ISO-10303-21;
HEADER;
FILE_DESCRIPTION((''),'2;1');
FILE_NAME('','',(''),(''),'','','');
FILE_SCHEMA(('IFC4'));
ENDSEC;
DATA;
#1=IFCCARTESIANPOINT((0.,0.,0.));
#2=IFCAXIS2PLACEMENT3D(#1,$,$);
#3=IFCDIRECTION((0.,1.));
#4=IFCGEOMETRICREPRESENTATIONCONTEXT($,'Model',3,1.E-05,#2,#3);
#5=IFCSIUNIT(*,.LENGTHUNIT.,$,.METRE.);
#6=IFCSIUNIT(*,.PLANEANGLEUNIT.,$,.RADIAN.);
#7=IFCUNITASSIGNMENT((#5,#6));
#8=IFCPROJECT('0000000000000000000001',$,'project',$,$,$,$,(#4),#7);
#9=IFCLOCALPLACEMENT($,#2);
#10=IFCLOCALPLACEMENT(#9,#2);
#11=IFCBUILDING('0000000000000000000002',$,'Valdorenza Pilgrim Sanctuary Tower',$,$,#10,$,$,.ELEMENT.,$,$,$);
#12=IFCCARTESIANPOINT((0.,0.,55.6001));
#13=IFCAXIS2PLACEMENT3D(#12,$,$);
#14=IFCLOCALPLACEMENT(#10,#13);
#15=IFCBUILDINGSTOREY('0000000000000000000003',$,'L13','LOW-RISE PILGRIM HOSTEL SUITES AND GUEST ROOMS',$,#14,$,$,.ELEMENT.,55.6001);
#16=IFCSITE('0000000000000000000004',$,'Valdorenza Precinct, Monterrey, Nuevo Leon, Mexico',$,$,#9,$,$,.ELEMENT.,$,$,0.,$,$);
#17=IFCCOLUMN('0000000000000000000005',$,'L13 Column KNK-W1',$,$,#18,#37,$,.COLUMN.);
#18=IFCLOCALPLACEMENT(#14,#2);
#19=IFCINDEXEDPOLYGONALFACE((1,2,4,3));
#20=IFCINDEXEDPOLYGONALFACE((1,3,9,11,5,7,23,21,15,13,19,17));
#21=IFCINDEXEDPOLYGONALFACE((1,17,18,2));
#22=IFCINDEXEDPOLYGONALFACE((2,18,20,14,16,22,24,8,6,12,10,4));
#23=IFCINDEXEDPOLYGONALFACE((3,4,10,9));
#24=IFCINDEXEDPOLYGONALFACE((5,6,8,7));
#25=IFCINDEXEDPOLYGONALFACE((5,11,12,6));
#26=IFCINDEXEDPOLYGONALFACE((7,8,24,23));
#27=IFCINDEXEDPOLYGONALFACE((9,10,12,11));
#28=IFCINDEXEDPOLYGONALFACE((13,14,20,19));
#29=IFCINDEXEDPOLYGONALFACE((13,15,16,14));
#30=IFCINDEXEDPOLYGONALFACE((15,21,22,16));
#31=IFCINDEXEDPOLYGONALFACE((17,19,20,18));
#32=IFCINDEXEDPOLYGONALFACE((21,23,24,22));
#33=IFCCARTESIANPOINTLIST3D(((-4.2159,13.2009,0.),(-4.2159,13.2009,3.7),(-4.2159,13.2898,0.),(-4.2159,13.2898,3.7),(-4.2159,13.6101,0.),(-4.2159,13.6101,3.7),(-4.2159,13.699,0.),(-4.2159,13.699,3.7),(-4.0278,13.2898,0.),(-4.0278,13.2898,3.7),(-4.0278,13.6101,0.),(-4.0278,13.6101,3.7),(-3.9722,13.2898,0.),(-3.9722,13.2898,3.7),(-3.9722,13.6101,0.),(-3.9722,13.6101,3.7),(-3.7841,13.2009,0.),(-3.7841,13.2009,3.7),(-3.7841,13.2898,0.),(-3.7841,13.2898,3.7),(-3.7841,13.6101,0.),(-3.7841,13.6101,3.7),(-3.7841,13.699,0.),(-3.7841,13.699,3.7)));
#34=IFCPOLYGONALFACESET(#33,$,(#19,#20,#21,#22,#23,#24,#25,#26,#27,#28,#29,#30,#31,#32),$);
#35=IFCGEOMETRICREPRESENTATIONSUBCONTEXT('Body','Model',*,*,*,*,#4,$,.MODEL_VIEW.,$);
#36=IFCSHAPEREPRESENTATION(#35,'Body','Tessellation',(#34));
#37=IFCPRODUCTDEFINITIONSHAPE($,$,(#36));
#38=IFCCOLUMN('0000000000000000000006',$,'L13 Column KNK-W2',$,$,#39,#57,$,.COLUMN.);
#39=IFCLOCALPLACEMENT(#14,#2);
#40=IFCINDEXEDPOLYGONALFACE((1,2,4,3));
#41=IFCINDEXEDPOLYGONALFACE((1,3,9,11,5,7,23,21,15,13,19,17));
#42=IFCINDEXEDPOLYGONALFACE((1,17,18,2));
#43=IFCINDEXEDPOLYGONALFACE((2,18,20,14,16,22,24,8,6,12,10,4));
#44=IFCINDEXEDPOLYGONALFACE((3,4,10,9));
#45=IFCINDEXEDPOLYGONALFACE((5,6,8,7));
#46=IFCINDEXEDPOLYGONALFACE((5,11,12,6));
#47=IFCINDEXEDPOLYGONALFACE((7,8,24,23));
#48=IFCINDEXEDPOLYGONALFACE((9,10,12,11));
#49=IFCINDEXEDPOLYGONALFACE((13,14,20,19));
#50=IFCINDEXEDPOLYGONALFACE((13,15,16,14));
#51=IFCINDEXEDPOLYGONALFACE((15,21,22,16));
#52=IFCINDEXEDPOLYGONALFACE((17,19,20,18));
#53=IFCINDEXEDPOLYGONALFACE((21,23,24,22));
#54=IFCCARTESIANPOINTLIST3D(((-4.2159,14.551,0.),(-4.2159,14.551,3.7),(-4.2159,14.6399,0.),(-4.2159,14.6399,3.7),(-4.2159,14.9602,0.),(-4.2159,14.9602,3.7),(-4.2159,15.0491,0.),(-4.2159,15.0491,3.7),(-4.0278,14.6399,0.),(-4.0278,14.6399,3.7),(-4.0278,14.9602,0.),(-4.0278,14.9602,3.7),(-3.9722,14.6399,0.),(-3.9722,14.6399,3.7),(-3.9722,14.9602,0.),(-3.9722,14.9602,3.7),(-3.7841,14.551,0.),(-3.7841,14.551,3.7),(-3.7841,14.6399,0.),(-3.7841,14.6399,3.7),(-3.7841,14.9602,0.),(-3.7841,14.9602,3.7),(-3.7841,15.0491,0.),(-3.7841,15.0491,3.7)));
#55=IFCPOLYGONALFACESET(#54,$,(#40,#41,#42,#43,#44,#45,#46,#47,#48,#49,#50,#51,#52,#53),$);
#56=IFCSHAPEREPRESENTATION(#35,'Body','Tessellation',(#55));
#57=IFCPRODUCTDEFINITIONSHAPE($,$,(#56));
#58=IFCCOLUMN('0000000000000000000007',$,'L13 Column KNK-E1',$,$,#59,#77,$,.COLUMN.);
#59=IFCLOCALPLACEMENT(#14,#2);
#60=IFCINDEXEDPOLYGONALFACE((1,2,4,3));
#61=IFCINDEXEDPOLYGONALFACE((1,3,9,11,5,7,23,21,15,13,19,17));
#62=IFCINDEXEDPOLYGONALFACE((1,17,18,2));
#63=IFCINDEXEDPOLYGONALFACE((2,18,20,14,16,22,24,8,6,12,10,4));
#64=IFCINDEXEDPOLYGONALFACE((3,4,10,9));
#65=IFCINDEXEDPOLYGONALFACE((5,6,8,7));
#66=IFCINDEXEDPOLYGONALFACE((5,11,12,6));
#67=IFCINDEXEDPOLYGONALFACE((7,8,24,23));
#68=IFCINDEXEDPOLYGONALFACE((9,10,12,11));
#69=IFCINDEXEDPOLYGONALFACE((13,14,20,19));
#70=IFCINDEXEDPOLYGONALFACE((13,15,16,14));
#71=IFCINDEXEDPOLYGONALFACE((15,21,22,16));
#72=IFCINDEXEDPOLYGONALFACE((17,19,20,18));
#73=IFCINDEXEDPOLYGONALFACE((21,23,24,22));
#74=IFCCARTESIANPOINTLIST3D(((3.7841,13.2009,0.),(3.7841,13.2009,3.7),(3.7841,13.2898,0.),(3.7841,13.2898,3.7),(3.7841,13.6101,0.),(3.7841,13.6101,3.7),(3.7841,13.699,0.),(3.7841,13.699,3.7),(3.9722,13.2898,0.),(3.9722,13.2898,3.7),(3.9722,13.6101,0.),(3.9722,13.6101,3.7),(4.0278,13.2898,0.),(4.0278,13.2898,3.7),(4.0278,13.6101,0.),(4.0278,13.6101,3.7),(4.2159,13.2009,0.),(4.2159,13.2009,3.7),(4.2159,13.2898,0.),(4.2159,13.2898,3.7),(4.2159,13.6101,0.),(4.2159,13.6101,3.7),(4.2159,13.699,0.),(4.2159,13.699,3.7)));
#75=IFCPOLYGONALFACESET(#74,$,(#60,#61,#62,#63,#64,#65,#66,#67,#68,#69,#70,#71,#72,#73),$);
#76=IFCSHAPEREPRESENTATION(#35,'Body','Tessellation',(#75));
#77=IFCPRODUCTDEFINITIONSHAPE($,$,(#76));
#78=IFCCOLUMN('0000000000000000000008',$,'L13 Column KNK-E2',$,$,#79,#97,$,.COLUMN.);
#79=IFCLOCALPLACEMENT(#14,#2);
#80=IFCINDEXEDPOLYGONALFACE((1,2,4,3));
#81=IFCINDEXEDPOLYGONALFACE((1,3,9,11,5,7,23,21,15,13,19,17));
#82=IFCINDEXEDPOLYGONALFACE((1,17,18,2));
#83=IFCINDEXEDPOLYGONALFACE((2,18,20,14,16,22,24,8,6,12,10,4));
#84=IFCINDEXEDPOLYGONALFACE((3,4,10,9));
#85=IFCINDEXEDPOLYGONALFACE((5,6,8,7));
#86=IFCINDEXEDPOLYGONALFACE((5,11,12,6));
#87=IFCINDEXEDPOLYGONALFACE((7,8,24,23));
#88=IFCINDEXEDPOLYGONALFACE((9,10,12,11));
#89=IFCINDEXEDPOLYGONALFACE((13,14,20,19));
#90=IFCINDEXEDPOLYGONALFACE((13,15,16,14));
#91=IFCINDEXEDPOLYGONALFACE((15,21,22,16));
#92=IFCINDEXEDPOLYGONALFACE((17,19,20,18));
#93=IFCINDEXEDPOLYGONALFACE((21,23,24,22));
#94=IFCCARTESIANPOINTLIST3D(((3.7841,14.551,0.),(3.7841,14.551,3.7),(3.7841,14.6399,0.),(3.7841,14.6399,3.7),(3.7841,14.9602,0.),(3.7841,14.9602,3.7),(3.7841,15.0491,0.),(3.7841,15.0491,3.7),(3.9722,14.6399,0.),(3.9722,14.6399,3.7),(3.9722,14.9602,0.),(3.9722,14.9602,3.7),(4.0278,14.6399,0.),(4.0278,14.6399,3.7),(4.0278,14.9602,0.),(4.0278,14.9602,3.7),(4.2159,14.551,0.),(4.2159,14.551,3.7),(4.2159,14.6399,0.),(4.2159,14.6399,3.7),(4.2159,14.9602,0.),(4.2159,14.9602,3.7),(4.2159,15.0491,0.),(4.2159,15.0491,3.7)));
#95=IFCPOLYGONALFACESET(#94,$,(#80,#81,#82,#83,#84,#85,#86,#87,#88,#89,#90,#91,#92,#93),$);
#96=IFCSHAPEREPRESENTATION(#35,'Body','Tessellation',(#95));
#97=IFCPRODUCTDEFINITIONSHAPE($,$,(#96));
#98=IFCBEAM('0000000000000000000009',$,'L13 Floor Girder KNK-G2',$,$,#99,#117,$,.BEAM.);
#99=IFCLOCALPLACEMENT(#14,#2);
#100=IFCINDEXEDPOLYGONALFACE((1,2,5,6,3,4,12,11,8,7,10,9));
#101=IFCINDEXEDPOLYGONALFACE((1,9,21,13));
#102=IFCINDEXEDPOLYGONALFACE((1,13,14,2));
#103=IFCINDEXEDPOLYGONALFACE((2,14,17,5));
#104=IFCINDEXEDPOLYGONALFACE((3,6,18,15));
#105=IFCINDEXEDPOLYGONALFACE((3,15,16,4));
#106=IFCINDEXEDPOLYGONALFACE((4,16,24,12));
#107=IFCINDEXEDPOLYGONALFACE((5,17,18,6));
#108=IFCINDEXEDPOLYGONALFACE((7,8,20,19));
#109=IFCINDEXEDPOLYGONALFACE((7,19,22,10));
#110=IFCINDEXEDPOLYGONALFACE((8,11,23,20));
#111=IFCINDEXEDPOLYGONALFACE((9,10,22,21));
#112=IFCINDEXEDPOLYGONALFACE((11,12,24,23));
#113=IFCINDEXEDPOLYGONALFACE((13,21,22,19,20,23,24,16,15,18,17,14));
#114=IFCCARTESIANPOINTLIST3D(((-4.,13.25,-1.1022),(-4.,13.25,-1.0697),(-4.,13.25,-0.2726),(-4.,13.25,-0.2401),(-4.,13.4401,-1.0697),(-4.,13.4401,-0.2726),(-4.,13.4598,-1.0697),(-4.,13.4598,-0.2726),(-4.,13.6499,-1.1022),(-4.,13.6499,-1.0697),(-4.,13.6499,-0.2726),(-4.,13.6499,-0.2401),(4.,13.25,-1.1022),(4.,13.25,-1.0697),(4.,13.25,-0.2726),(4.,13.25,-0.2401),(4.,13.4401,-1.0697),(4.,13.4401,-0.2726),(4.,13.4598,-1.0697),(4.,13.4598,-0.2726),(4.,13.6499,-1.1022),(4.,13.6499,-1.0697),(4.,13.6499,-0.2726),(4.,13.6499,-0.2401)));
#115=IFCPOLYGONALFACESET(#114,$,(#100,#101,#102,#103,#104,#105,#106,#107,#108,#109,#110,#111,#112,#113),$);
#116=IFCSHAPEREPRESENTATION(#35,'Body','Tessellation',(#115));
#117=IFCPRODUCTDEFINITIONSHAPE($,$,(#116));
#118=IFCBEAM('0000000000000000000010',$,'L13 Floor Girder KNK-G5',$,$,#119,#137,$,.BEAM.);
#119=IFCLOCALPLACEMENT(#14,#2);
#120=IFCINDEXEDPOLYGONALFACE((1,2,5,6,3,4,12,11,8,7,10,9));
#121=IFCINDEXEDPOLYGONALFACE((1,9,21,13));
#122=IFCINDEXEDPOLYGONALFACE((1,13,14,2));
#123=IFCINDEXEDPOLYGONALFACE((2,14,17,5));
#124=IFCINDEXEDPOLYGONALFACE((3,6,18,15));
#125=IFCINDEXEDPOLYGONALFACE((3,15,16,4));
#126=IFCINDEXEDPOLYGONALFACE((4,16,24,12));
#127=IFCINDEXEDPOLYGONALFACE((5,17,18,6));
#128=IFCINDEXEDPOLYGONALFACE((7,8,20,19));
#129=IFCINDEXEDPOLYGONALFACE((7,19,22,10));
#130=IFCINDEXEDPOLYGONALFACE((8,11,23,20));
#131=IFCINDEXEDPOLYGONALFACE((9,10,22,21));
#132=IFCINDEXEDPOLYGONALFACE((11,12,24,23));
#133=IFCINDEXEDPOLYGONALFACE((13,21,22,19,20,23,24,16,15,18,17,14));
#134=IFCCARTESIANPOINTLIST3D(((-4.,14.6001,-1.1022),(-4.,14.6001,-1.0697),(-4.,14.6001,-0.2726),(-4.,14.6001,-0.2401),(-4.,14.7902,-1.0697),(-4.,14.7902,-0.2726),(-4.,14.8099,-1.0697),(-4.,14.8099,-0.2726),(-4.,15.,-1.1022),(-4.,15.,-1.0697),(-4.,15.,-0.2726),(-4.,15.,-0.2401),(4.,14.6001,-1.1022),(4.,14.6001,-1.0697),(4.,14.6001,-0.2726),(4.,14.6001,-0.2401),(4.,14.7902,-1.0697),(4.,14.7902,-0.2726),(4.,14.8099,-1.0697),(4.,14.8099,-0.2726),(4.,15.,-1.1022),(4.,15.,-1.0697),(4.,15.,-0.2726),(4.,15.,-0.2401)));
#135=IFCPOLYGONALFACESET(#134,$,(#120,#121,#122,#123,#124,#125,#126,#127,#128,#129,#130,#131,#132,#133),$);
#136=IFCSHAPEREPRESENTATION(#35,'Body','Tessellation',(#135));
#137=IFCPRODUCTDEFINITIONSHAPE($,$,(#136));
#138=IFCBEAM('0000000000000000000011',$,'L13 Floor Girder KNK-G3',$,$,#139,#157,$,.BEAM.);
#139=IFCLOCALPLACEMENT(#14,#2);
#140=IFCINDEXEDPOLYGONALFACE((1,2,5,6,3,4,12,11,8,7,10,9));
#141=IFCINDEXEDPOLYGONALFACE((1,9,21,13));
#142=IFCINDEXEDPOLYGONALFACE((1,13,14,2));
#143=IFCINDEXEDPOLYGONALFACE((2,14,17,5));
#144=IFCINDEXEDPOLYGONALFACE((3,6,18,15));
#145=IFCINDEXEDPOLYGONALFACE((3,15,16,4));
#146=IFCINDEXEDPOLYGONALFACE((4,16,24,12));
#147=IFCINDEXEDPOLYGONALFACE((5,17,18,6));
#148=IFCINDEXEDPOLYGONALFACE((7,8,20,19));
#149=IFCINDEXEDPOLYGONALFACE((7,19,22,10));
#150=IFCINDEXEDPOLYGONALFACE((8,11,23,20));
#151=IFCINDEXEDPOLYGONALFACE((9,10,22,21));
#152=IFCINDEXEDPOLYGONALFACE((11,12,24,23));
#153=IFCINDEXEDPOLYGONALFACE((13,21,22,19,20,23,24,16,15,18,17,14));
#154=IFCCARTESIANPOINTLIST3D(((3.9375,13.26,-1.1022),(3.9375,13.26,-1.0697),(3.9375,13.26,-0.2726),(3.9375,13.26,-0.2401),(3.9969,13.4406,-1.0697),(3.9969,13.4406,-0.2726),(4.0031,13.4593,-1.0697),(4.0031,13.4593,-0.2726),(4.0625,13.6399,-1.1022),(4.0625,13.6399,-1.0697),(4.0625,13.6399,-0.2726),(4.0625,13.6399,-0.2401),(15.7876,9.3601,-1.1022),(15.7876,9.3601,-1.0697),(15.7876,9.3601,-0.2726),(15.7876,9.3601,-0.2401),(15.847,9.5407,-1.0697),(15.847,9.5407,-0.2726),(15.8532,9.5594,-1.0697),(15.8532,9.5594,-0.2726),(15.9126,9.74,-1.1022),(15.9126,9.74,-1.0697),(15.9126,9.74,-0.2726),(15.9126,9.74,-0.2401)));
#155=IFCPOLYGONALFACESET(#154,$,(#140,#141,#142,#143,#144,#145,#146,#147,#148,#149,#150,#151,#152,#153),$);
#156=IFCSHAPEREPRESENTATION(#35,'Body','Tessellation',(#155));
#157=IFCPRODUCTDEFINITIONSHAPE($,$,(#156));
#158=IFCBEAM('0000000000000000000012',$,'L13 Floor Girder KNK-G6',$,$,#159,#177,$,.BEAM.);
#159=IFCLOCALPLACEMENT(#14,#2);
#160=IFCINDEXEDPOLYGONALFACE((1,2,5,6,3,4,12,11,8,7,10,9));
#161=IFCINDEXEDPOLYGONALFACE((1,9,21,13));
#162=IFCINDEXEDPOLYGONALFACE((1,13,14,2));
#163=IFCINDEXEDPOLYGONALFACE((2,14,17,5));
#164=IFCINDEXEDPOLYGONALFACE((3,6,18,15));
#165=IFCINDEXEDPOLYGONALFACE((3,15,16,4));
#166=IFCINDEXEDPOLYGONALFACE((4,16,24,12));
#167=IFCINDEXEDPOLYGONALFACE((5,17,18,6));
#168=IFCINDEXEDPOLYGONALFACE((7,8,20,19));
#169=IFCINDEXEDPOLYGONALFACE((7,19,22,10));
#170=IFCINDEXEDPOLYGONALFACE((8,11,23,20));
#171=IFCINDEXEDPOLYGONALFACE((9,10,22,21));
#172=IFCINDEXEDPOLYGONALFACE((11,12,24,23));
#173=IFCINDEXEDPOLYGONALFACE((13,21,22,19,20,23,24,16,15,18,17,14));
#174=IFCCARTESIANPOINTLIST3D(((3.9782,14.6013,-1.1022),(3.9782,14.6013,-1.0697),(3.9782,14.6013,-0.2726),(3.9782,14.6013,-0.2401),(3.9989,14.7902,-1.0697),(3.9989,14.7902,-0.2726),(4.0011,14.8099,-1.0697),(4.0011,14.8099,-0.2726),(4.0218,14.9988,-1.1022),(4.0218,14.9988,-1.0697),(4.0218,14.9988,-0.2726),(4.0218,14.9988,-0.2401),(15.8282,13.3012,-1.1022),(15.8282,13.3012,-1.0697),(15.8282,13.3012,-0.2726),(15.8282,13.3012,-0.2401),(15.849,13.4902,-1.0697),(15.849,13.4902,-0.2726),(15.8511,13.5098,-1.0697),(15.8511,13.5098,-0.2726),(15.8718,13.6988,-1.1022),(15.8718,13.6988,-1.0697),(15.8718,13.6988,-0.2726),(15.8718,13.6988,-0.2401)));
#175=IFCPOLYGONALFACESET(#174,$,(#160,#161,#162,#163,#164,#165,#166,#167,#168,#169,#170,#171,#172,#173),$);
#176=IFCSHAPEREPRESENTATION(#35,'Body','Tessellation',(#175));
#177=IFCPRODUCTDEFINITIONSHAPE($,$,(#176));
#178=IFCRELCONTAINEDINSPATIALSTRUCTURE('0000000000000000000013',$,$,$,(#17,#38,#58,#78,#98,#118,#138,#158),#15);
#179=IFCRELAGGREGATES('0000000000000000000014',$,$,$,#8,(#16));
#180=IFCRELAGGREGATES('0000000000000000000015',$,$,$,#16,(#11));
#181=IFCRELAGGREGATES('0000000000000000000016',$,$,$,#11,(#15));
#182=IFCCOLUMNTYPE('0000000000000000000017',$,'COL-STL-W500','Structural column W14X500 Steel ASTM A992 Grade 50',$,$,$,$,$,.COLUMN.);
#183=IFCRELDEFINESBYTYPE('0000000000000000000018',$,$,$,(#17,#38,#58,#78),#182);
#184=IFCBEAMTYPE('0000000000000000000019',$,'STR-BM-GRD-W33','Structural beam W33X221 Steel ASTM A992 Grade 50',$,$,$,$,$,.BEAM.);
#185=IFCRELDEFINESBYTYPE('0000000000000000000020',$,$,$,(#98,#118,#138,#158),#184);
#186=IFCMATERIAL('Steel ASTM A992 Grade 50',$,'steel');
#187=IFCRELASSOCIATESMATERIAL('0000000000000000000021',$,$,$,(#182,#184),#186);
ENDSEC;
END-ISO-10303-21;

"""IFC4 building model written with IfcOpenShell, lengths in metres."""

from ifc_helpers import new_model, si_unit, direction, frame, origin, origin_2d, place, context, subcontext, project, spatial, i_section, extrude, source, transform, mapped, material, material_profile, profile_set, type_object, element, save


model = new_model("IFC4")

# Units and contexts
model_context = context("Model", 3, precision=1e-05, world=origin(), true_north=direction((0.0, 1.0)))
body_context = subcontext(model_context, "Body", "Model", "MODEL_VIEW")
ifc_project = project(units=[si_unit("LENGTHUNIT", "METRE"), si_unit("PLANEANGLEUNIT", "RADIAN")], contexts=[model_context])

# Site, building, storey
site_placement = place(None, origin())
site = spatial("IfcSite", under=ifc_project, at=site_placement, Name="Valdorenza Precinct, Monterrey, Nuevo Leon, Mexico", CompositionType="ELEMENT", RefElevation=0.0)
building_placement = place(site_placement, origin())
building = spatial("IfcBuilding", under=site, at=building_placement, Name="Valdorenza Pilgrim Sanctuary Tower", CompositionType="ELEMENT")
storey_placement = place(building_placement, frame((0.0, 0.0, 55.6001)))
storey = spatial("IfcBuildingStorey", under=building, at=storey_placement, Name="L13", Description="LOW-RISE PILGRIM HOSTEL SUITES AND GUEST ROOMS", CompositionType="ELEMENT", Elevation=55.6001)

# Columns
ifc_material_1 = material(Name="Steel ASTM A992 Grade 50", Category="steel")
ifc_material_profile_1 = material_profile(ifc_material_1, i_section(OverallWidth=0.4319, OverallDepth=0.498, WebThickness=0.0557, FlangeThickness=0.0889, at=origin_2d()), Name="W14X500")
ifc_profile_set_1 = profile_set([ifc_material_profile_1], Name="Steel ASTM A992 Grade 50")
column_type = type_object("IfcColumnType", Name="COL-STL-W500", Description="Structural column W14X500 Steel ASTM A992 Grade 50", PredefinedType="COLUMN", material=ifc_profile_set_1)
shared_shape_1 = source(origin(), body_context, "Body", "SweptSolid", [
    extrude(i_section(OverallWidth=0.4319, OverallDepth=0.498, WebThickness=0.0557, FlangeThickness=0.0889, at=origin_2d()), origin(), (0.0, 0.0, 1.0), 3.7),
])
for number, where, z_axis, x_axis, name in (
    (1, (-4.0, 13.45, 0.0), (0.0, 0.0, 1.0), (1.0, 0.0, 0.0), "L13 Column KNK-W1"),
    (2, (-4.0, 14.8, 0.0), (0.0, 0.0, 1.0), (1.0, 0.0, 0.0), "L13 Column KNK-W2"),
    (3, (4.0, 13.45, 0.0), (0.0, 0.0, 1.0), (1.0, 0.0, 0.0), "L13 Column KNK-E1"),
    (4, (4.0, 14.8, 0.0), (0.0, 0.0, 1.0), (1.0, 0.0, 0.0), "L13 Column KNK-E2"),
):
    element("IfcColumn", number, at=place(storey_placement, frame(where, z_axis=z_axis, x_axis=x_axis)), inside=storey, type_object=column_type, Name=name, PredefinedType="COLUMN", context=body_context, shape_type="MappedRepresentation", body=[
        mapped(shared_shape_1, transform((0.0, 0.0, 0.0), x_axis=(1.0, 0.0, 0.0), y_axis=(0.0, 1.0, 0.0), z_axis=(0.0, 0.0, 1.0), scale=1.0)),
    ])

# Beams
ifc_material_profile_2 = material_profile(ifc_material_1, i_section(OverallWidth=0.3999, OverallDepth=0.8621, WebThickness=0.0198, FlangeThickness=0.0325, at=origin_2d()), Name="W33X221")
ifc_profile_set_2 = profile_set([ifc_material_profile_2], Name="Steel ASTM A992 Grade 50")
beam_type_1 = type_object("IfcBeamType", Name="STR-BM-GRD-W33", Description="Structural beam W33X221 Steel ASTM A992 Grade 50", PredefinedType="BEAM", material=ifc_profile_set_2)
shared_shape_2 = source(origin(), body_context, "Body", "SweptSolid", [
    extrude(i_section(OverallWidth=0.3999, OverallDepth=0.8621, WebThickness=0.0198, FlangeThickness=0.0325, at=origin_2d()), origin(), (0.0, 0.0, 1.0), 8.0),
])
for number, where, z_axis, x_axis, name in (
    (5, (-4.0, 13.45, -0.6711), (1.0, 0.0, 0.0), (0.0, 1.0, 0.0), "L13 Floor Girder KNK-G2"),
    (6, (-4.0, 14.8, -0.6711), (1.0, 0.0, 0.0), (0.0, 1.0, 0.0), "L13 Floor Girder KNK-G5"),
):
    element("IfcBeam", number, at=place(storey_placement, frame(where, z_axis=z_axis, x_axis=x_axis)), inside=storey, type_object=beam_type_1, Name=name, PredefinedType="BEAM", context=body_context, shape_type="MappedRepresentation", body=[
        mapped(shared_shape_2, transform((0.0, 0.0, 0.0), x_axis=(1.0, 0.0, 0.0), y_axis=(0.0, 1.0, 0.0), z_axis=(0.0, 0.0, 1.0), scale=1.0)),
    ])
shared_shape_3 = source(origin(), body_context, "Body", "SweptSolid", [
    extrude(i_section(OverallWidth=0.3999, OverallDepth=0.8621, WebThickness=0.0198, FlangeThickness=0.0325, at=origin_2d()), origin(), (0.0, 0.0, 1.0), 12.4753),
])
beam_1_placement = place(storey_placement, frame((4.0, 13.45, -0.6711), z_axis=(0.949882, -0.312609, 0.0), x_axis=(0.312609, 0.949882, 0.0)))
element("IfcBeam", 7, at=beam_1_placement, inside=storey, type_object=beam_type_1, Name="L13 Floor Girder KNK-G3", PredefinedType="BEAM", context=body_context, shape_type="MappedRepresentation", body=[
    mapped(shared_shape_3, transform((0.0, 0.0, 0.0), x_axis=(1.0, 0.0, 0.0), y_axis=(0.0, 1.0, 0.0), z_axis=(0.0, 0.0, 1.0), scale=1.0)),
])
shared_shape_4 = source(origin(), body_context, "Body", "SweptSolid", [
    extrude(i_section(OverallWidth=0.3999, OverallDepth=0.8621, WebThickness=0.0198, FlangeThickness=0.0325, at=origin_2d()), origin(), (0.0, 0.0, 1.0), 11.9211),
])
beam_2_placement = place(storey_placement, frame((4.0, 14.8, -0.6711), z_axis=(0.994036, -0.109054, 0.0), x_axis=(0.109054, 0.994036, 0.0)))
element("IfcBeam", 8, at=beam_2_placement, inside=storey, type_object=beam_type_1, Name="L13 Floor Girder KNK-G6", PredefinedType="BEAM", context=body_context, shape_type="MappedRepresentation", body=[
    mapped(shared_shape_4, transform((0.0, 0.0, 0.0), x_axis=(1.0, 0.0, 0.0), y_axis=(0.0, 1.0, 0.0), z_axis=(0.0, 0.0, 1.0), scale=1.0)),
])

save(model, "model.ifc")
